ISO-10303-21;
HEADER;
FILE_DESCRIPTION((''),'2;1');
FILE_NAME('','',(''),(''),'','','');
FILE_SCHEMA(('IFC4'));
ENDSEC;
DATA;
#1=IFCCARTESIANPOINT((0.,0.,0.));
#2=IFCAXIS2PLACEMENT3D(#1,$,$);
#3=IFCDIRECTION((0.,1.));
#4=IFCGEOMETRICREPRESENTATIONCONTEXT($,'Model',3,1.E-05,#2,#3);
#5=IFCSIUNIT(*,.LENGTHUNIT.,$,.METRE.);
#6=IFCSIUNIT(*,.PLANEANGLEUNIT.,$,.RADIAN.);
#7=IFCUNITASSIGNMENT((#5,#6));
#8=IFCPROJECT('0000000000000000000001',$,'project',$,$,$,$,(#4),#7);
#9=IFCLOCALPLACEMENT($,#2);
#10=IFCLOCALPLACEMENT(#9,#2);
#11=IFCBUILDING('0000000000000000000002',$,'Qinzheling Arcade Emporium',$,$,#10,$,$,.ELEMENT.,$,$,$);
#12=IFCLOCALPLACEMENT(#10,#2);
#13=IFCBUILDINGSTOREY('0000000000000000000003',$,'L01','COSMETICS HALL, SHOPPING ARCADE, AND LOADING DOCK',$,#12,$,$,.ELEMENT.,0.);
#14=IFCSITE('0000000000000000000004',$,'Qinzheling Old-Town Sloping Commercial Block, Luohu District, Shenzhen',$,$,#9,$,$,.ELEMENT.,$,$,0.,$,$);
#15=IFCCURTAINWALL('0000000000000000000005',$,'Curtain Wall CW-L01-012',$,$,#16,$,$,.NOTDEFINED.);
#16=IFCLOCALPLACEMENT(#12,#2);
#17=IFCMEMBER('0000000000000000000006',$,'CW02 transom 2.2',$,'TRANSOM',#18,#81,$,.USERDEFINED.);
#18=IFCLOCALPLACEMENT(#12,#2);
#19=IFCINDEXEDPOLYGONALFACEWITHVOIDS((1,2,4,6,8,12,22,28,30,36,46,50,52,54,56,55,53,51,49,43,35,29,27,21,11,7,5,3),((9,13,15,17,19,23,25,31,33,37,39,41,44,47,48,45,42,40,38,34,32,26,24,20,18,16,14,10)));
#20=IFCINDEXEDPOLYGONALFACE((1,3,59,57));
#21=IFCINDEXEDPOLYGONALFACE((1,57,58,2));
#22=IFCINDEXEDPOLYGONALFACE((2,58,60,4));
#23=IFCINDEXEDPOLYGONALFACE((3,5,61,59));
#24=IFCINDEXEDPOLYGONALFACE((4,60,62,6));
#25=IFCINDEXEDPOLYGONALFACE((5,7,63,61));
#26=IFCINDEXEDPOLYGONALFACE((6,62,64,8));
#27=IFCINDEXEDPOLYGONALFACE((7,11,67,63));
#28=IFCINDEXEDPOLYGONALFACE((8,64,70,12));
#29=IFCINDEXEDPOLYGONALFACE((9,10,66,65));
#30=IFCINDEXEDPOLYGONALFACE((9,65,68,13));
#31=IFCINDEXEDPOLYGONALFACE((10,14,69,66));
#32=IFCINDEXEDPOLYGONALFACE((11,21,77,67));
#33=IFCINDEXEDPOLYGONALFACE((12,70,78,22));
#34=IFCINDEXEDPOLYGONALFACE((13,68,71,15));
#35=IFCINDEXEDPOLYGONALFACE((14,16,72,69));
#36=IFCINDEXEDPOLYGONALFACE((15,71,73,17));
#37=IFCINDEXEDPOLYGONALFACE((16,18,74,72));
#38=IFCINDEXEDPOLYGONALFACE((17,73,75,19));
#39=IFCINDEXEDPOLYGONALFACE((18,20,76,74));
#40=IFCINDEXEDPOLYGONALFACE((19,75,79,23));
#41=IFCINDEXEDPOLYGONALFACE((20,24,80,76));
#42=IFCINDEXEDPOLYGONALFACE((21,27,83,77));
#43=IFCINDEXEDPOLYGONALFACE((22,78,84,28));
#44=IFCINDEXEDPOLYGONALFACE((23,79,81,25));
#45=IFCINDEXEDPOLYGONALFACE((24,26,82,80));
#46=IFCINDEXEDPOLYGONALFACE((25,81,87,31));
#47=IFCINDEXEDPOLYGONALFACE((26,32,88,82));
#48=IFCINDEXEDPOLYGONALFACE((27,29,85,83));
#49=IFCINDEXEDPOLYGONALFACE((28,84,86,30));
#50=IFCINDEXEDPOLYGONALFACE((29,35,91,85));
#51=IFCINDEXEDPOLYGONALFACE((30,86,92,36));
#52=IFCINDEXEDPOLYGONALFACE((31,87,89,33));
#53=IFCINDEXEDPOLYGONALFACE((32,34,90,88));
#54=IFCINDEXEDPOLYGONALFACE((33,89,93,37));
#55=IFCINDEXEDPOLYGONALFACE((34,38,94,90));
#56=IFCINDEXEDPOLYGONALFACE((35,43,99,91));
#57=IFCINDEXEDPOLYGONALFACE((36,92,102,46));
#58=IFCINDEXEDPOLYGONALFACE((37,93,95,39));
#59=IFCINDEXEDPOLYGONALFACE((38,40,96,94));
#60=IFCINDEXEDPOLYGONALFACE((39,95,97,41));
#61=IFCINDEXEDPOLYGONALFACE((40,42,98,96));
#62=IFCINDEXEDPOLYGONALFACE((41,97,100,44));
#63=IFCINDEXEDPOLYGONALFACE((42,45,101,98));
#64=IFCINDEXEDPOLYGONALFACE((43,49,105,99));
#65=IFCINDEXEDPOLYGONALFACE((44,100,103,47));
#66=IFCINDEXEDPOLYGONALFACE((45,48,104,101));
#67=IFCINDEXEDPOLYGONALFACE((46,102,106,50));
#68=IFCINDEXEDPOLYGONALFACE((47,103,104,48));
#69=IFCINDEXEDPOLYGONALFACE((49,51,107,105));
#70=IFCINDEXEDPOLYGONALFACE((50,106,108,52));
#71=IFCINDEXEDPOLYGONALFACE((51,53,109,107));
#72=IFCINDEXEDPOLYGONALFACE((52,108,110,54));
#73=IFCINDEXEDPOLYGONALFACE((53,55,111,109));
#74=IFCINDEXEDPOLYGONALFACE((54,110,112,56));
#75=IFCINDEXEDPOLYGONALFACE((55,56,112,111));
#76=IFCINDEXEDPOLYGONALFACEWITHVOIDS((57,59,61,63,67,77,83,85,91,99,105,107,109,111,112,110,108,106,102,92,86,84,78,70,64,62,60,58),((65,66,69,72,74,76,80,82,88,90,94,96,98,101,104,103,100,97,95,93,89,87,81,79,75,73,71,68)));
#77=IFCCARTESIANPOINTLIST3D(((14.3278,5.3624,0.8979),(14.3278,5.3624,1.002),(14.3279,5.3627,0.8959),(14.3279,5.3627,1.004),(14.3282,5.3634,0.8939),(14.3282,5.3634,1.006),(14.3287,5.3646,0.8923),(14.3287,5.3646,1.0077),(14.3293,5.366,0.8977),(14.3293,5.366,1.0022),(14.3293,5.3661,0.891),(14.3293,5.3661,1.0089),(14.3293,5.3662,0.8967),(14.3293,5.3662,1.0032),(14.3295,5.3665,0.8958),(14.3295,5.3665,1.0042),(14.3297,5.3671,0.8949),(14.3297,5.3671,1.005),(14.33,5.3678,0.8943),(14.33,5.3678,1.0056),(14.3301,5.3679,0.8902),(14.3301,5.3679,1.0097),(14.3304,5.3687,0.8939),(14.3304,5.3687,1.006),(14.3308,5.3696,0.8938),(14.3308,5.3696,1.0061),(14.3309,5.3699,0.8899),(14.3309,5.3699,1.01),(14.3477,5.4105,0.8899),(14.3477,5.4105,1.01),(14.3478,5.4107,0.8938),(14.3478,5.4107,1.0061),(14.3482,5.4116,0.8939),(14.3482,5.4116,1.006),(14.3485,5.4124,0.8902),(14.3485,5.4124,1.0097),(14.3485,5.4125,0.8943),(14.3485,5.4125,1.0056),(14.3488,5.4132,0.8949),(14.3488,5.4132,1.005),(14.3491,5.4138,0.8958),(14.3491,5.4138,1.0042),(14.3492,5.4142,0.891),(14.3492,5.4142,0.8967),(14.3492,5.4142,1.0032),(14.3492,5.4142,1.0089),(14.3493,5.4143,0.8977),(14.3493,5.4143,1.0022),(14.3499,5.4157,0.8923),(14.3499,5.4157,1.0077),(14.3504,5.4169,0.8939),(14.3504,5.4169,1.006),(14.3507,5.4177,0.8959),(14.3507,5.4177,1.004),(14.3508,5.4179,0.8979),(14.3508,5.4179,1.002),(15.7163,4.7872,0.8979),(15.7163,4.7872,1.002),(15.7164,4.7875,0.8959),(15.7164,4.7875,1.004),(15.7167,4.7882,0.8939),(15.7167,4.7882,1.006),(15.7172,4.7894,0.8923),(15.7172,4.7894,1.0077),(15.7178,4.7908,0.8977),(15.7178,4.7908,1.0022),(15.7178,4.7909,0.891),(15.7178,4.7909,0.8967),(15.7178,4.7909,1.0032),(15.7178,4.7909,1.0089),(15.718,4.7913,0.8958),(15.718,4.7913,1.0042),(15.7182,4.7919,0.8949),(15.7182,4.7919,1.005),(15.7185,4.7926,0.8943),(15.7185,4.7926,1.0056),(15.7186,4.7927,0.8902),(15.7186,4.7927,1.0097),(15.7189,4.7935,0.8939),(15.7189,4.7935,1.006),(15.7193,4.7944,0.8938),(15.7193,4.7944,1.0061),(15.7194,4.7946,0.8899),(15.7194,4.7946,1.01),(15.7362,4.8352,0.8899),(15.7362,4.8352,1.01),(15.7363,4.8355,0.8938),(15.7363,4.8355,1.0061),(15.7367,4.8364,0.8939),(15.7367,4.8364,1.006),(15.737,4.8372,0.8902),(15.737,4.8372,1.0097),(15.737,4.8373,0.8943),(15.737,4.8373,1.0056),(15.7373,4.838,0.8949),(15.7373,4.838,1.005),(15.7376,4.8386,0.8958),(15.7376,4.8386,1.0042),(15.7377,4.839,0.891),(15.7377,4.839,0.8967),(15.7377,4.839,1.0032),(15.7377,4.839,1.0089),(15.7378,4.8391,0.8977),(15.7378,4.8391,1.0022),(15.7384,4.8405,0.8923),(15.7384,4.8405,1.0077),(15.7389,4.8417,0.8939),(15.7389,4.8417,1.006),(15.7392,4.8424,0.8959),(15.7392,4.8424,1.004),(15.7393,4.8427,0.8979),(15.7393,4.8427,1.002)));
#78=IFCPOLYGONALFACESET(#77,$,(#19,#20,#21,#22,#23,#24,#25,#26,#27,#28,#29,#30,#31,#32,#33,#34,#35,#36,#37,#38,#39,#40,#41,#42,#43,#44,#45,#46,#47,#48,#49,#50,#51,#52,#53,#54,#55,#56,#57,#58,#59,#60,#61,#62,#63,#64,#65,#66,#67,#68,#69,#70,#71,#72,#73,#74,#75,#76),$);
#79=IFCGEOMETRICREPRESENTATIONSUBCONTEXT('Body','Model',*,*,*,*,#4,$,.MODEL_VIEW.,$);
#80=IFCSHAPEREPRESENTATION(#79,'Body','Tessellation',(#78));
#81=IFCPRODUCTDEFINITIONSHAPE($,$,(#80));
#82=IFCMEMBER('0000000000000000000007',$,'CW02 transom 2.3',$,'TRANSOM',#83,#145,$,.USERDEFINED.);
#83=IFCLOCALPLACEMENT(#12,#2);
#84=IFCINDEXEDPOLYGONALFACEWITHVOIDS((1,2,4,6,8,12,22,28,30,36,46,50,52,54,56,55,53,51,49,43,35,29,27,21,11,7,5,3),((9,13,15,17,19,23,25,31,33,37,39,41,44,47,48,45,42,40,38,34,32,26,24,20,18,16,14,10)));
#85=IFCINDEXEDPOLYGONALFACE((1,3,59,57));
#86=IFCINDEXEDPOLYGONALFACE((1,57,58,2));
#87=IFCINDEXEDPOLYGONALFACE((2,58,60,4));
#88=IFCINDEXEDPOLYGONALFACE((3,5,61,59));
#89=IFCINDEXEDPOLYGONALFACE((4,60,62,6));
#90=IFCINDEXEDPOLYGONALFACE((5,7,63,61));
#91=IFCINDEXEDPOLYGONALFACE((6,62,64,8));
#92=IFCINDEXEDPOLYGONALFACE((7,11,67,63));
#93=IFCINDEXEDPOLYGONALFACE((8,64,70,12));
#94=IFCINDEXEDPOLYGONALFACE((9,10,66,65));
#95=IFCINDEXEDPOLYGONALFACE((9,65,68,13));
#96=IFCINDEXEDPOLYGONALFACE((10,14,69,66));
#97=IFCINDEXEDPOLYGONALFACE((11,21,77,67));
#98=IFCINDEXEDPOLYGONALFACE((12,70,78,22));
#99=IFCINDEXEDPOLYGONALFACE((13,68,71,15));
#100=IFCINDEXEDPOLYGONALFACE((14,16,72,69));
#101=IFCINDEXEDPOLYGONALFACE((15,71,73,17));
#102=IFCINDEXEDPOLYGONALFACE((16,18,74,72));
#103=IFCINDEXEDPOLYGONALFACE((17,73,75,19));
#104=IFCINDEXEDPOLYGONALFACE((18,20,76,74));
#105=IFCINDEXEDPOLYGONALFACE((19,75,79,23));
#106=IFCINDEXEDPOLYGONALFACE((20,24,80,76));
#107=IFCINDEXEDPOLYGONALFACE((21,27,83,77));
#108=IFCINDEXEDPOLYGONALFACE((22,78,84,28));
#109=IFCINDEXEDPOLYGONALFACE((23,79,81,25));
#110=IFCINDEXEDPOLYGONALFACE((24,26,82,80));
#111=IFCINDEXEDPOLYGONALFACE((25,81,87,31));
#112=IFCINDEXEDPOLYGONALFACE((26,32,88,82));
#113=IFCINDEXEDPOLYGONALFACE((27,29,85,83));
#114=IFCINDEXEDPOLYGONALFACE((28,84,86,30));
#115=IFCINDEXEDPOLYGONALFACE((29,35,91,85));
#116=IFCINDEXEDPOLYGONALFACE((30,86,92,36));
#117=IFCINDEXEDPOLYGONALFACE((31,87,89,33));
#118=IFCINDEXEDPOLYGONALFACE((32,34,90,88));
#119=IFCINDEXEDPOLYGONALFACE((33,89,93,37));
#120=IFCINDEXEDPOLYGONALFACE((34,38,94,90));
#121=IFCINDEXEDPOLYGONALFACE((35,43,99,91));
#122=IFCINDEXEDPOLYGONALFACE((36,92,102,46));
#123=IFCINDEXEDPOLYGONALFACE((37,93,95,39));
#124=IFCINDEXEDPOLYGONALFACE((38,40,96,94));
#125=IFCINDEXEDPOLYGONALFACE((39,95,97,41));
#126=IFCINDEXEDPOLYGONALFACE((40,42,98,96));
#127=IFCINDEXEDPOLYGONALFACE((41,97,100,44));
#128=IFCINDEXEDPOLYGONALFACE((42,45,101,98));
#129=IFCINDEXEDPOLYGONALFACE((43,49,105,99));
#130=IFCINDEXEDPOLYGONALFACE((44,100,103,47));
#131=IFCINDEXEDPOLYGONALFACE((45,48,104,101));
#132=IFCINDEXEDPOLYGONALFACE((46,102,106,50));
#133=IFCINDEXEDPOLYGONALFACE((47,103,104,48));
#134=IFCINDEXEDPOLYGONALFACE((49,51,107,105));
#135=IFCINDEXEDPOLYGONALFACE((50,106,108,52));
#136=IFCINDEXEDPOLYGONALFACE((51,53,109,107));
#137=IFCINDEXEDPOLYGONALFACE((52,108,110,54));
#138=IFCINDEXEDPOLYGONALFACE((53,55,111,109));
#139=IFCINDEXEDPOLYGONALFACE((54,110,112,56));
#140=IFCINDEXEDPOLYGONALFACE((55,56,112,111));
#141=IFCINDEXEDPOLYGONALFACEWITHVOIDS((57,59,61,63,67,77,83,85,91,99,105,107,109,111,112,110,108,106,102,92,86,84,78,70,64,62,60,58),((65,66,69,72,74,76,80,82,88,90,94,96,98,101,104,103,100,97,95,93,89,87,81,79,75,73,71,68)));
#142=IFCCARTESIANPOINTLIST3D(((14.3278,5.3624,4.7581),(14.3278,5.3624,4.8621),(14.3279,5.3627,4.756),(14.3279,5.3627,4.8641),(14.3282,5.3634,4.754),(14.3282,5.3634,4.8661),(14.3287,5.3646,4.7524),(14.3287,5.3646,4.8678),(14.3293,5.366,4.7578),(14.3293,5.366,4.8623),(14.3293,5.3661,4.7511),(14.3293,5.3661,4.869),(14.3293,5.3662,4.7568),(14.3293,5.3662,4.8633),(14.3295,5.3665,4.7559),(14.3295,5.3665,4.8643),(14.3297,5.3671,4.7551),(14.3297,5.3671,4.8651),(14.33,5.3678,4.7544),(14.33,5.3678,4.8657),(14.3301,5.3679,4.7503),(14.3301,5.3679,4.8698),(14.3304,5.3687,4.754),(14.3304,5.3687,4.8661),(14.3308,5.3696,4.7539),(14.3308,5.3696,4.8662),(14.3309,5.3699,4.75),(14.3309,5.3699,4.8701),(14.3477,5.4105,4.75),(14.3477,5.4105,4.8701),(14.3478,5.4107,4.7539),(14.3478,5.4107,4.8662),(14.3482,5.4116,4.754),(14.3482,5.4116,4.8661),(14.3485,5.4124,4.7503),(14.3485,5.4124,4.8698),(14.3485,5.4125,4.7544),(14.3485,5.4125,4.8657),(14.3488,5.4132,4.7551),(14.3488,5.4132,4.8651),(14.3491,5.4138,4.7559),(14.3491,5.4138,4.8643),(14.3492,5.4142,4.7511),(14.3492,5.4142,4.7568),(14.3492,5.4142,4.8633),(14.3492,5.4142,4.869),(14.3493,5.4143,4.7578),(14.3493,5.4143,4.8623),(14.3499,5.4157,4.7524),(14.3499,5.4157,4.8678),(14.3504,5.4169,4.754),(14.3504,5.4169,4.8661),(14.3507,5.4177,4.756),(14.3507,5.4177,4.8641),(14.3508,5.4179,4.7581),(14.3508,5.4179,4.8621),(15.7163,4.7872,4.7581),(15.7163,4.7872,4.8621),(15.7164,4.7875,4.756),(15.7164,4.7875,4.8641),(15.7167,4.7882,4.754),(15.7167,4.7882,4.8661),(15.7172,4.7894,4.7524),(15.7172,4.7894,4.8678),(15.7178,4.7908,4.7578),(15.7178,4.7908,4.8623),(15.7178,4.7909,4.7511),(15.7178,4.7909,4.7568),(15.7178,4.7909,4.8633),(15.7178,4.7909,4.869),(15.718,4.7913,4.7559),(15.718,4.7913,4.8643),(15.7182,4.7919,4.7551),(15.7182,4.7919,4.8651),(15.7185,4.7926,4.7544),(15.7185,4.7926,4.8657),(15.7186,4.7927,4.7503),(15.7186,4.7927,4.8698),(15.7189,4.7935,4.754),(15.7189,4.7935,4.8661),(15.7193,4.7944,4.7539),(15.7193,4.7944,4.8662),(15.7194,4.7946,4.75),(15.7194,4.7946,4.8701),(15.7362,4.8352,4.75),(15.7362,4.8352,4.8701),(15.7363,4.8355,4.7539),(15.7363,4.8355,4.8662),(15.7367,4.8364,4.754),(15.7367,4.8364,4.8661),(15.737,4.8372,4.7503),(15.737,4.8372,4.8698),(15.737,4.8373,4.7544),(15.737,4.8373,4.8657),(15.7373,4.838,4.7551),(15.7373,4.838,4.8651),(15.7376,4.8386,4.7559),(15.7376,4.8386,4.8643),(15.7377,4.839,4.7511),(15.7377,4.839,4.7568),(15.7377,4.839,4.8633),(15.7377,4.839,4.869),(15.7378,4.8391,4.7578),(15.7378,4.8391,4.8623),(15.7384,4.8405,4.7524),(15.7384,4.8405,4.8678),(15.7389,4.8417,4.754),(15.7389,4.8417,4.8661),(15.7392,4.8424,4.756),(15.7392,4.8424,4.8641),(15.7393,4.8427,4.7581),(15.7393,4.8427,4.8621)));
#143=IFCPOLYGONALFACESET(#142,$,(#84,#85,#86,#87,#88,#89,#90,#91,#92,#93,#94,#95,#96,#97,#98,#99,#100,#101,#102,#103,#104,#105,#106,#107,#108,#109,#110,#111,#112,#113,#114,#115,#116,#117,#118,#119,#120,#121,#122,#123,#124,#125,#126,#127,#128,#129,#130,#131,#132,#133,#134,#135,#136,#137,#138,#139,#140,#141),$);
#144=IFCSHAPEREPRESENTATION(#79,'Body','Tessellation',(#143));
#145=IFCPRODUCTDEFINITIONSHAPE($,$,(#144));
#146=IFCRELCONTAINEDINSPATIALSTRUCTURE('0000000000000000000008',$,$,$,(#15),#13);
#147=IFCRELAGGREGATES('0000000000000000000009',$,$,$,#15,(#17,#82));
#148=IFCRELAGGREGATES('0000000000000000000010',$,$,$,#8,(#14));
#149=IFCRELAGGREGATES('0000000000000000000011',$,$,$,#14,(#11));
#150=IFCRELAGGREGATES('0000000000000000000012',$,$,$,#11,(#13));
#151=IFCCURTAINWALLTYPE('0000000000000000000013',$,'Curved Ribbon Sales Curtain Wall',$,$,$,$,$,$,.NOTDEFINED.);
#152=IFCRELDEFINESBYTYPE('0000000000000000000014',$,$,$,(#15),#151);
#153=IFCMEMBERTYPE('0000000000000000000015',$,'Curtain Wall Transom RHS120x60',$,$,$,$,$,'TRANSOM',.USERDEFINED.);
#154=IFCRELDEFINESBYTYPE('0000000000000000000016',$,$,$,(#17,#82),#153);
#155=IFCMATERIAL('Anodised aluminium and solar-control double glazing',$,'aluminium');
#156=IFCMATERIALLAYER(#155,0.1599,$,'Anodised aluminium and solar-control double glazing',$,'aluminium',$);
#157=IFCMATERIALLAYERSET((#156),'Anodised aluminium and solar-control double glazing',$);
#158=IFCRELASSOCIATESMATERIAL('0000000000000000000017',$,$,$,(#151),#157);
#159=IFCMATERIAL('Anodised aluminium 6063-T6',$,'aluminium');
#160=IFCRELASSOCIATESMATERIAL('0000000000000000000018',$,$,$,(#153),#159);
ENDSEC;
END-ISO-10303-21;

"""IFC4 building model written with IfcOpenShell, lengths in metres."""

from ifc_helpers import new_model, si_unit, direction, frame, origin, origin_2d, place, context, subcontext, project, spatial, hollow_rectangle, extrude, material, layer, layer_set, material_profile, profile_set, type_object, element, aggregate, save


model = new_model("IFC4")

# Units and contexts
model_context = context("Model", 3, precision=1e-05, world=origin(), true_north=direction((0.0, 1.0)))
body_context = subcontext(model_context, "Body", "Model", "MODEL_VIEW")
ifc_project = project(units=[si_unit("LENGTHUNIT", "METRE"), si_unit("PLANEANGLEUNIT", "RADIAN")], contexts=[model_context])

# Site, building, storey
site_placement = place(None, origin())
site = spatial("IfcSite", under=ifc_project, at=site_placement, Name="Qinzheling Old-Town Sloping Commercial Block, Luohu District, Shenzhen", CompositionType="ELEMENT", RefElevation=0.0)
building_placement = place(site_placement, origin())
building = spatial("IfcBuilding", under=site, at=building_placement, Name="Qinzheling Arcade Emporium", CompositionType="ELEMENT")
storey_placement = place(building_placement, origin())
storey = spatial("IfcBuildingStorey", under=building, at=storey_placement, Name="L01", Description="COSMETICS HALL, SHOPPING ARCADE, AND LOADING DOCK", CompositionType="ELEMENT", Elevation=0.0)

# Shared definitions
ifc_material_1 = material(Name="Anodised aluminium and solar-control double glazing", Category="aluminium")
ifc_layer_1 = layer(ifc_material_1, 0.1599, Name="Anodised aluminium and solar-control double glazing", Category="aluminium")
ifc_layer_set_1 = layer_set([ifc_layer_1], Name="Anodised aluminium and solar-control double glazing")
curtain_wall_type = type_object("IfcCurtainWallType", Name="Curved Ribbon Sales Curtain Wall", PredefinedType="NOTDEFINED", material=ifc_layer_set_1)
ifc_material_2 = material(Name="Anodised aluminium 6063-T6", Category="aluminium")

# Curtain wall, members
curtain_wall_1_placement = place(storey_placement, origin())
curtain_wall_1 = element("IfcCurtainWall", 1, at=curtain_wall_1_placement, inside=storey, type_object=curtain_wall_type, Name="Curtain Wall CW-L01-012", PredefinedType="NOTDEFINED")
ifc_material_profile_1 = material_profile(ifc_material_2, hollow_rectangle(XDim=0.0601, YDim=0.1201, WallThickness=0.0039, InnerFilletRadius=0.0039, OuterFilletRadius=0.0081, at=origin_2d()), Name="RHS 120x60x4", Category="aluminium")
ifc_profile_set_1 = profile_set([ifc_material_profile_1], Name="Anodised aluminium 6063-T6")
member_type_1 = type_object("IfcMemberType", Name="Curtain Wall Transom RHS120x60", ElementType="TRANSOM", PredefinedType="USERDEFINED", material=ifc_profile_set_1)
member_1_placement = place(storey_placement, frame((15.7278, 4.8149, 0.95), z_axis=(-0.923858, 0.382734, 0.0), x_axis=(-0.382734, -0.923858, 0.0)))
member_1 = element("IfcMember", 2, at=member_1_placement, type_object=member_type_1, Name="CW02 transom 2.2", ObjectType="TRANSOM", PredefinedType="USERDEFINED", context=body_context, shape_type="SweptSolid", body=[
    extrude(hollow_rectangle(XDim=0.0601, YDim=0.1201, WallThickness=0.0039, InnerFilletRadius=0.0039, OuterFilletRadius=0.0081, at=origin_2d()), origin(), (0.0, 0.0, 1.0), 1.5029),
])
member_2_placement = place(storey_placement, frame((15.7278, 4.8149, 4.8101), z_axis=(-0.923858, 0.382734, 0.0), x_axis=(-0.382734, -0.923858, 0.0)))
member_2 = element("IfcMember", 3, at=member_2_placement, type_object=member_type_1, Name="CW02 transom 2.3", ObjectType="TRANSOM", PredefinedType="USERDEFINED", context=body_context, shape_type="SweptSolid", body=[
    extrude(hollow_rectangle(XDim=0.0601, YDim=0.1201, WallThickness=0.0039, InnerFilletRadius=0.0039, OuterFilletRadius=0.0081, at=origin_2d()), origin(), (0.0, 0.0, 1.0), 1.5029),
])

aggregate(curtain_wall_1, [member_1, member_2])

save(model, "model.ifc")
